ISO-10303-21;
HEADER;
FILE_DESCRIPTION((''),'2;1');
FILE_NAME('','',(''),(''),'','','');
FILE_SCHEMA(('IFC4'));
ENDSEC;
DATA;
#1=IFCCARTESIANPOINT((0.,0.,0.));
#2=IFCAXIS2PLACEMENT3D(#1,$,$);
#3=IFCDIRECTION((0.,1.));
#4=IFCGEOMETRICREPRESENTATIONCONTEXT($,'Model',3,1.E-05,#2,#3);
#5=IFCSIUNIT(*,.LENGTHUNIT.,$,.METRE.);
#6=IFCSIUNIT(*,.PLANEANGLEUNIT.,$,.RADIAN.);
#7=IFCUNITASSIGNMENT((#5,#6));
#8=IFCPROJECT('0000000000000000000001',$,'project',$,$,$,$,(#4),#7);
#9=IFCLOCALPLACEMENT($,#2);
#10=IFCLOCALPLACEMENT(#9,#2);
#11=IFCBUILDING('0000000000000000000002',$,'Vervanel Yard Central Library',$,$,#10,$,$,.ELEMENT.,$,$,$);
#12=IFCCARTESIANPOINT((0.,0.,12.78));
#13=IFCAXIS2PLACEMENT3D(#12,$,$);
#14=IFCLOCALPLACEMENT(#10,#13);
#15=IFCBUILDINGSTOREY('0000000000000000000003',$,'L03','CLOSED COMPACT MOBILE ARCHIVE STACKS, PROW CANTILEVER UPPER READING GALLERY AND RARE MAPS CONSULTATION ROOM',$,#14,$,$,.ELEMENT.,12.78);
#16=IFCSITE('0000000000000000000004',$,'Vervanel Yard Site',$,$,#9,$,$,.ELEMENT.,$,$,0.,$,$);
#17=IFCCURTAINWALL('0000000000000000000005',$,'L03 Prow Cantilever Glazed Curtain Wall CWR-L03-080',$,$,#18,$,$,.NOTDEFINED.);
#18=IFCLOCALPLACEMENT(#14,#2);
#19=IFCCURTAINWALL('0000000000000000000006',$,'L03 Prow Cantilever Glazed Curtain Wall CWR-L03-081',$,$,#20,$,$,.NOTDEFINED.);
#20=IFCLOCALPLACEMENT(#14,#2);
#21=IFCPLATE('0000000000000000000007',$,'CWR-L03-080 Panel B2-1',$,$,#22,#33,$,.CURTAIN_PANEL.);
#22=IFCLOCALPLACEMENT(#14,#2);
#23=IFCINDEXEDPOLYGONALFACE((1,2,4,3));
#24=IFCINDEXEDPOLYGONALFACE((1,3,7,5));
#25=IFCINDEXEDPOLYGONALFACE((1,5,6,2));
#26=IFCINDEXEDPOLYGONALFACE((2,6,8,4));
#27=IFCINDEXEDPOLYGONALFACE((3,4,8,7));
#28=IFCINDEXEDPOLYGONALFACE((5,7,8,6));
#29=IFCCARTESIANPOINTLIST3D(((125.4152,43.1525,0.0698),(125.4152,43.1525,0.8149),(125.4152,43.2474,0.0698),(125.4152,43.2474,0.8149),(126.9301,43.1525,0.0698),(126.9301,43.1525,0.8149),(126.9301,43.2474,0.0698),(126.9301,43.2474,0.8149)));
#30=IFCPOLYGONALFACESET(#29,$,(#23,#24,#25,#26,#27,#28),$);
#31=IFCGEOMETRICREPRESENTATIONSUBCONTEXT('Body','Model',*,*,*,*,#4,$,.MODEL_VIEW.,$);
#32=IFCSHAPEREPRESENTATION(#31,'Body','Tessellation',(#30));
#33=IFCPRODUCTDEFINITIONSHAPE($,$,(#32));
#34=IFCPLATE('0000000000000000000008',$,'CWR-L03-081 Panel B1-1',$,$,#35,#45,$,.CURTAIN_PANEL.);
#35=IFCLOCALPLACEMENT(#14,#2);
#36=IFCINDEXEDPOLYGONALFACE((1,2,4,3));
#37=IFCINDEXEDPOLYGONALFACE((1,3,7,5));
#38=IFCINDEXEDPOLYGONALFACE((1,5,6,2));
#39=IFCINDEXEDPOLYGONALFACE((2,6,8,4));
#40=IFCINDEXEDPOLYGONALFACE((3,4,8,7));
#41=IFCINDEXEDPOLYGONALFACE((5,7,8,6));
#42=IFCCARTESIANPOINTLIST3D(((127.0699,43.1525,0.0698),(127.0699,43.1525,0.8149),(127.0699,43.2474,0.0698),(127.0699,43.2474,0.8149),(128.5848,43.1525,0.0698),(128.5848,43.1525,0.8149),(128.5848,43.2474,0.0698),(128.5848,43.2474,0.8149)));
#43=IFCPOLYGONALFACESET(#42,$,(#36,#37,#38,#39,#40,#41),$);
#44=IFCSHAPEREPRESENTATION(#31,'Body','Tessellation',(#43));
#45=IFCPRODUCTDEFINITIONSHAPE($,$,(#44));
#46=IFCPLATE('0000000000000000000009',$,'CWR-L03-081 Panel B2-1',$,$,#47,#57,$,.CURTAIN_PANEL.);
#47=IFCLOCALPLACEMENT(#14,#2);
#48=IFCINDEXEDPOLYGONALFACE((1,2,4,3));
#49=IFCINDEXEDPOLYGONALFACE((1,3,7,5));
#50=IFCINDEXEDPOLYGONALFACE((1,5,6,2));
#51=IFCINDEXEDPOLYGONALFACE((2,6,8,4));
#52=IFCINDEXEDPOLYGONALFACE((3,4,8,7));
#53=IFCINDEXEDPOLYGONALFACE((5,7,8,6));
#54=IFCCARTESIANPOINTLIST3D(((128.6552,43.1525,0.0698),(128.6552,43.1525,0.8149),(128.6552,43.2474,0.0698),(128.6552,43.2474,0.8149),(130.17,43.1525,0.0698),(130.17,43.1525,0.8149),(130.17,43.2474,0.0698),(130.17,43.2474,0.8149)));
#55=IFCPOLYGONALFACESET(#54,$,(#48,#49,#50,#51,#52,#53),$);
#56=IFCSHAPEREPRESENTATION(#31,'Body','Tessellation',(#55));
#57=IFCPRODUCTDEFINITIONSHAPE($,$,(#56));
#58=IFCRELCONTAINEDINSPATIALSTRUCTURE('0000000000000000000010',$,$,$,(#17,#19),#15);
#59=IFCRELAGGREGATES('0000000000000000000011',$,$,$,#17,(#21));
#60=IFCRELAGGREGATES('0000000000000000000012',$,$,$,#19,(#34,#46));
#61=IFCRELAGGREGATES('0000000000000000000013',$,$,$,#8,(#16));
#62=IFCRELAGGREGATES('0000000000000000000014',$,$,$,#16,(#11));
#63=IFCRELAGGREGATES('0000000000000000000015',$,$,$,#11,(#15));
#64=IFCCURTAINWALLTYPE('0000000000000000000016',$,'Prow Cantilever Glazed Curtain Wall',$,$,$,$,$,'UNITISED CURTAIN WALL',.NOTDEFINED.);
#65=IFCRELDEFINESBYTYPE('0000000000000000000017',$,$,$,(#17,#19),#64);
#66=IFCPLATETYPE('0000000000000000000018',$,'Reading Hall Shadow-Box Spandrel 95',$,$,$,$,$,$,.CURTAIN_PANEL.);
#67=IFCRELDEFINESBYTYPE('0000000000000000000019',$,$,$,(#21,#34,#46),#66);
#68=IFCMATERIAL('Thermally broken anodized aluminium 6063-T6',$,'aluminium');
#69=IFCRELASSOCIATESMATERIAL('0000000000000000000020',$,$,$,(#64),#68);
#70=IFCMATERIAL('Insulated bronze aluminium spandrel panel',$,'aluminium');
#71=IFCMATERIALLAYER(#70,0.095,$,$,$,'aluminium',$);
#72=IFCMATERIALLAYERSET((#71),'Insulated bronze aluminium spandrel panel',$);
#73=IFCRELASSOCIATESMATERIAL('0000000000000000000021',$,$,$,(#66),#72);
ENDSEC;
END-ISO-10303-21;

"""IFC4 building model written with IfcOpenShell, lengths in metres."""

from ifc_helpers import new_model, si_unit, direction, frame, origin, origin_2d, place, context, subcontext, project, spatial, rectangle, extrude, material, layer, layer_set, type_object, element, aggregate, save


model = new_model("IFC4")

# Units and contexts
model_context = context("Model", 3, precision=1e-05, world=origin(), true_north=direction((0.0, 1.0)))
body_context = subcontext(model_context, "Body", "Model", "MODEL_VIEW")
ifc_project = project(units=[si_unit("LENGTHUNIT", "METRE"), si_unit("PLANEANGLEUNIT", "RADIAN")], contexts=[model_context])

# Site, building, storey
site_placement = place(None, origin())
site = spatial("IfcSite", under=ifc_project, at=site_placement, Name="Vervanel Yard Site", CompositionType="ELEMENT", RefElevation=0.0)
building_placement = place(site_placement, origin())
building = spatial("IfcBuilding", under=site, at=building_placement, Name="Vervanel Yard Central Library", CompositionType="ELEMENT")
storey_placement = place(building_placement, frame((0.0, 0.0, 12.78)))
storey = spatial("IfcBuildingStorey", under=building, at=storey_placement, Name="L03", Description="CLOSED COMPACT MOBILE ARCHIVE STACKS, PROW CANTILEVER UPPER READING GALLERY AND RARE MAPS CONSULTATION ROOM", CompositionType="ELEMENT", Elevation=12.78)

# Curtain walls
ifc_material_1 = material(Name="Thermally broken anodized aluminium 6063-T6", Category="aluminium")
curtain_wall_type = type_object("IfcCurtainWallType", Name="Prow Cantilever Glazed Curtain Wall", ElementType="UNITISED CURTAIN WALL", PredefinedType="NOTDEFINED", material=ifc_material_1)
curtain_wall_1_placement = place(storey_placement, origin())
curtain_wall_1 = element("IfcCurtainWall", 1, at=curtain_wall_1_placement, inside=storey, type_object=curtain_wall_type, Name="L03 Prow Cantilever Glazed Curtain Wall CWR-L03-080", PredefinedType="NOTDEFINED")
curtain_wall_2_placement = place(storey_placement, origin())
curtain_wall_2 = element("IfcCurtainWall", 2, at=curtain_wall_2_placement, inside=storey, type_object=curtain_wall_type, Name="L03 Prow Cantilever Glazed Curtain Wall CWR-L03-081", PredefinedType="NOTDEFINED")

# Plates
ifc_material_2 = material(Name="Insulated bronze aluminium spandrel panel", Category="aluminium")
ifc_layer_1 = layer(ifc_material_2, 0.095, Category="aluminium")
ifc_layer_set_1 = layer_set([ifc_layer_1], Name="Insulated bronze aluminium spandrel panel")
plate_type_1 = type_object("IfcPlateType", Name="Reading Hall Shadow-Box Spandrel 95", PredefinedType="CURTAIN_PANEL", material=ifc_layer_set_1)
plate_1_placement = place(storey_placement, frame((126.1726, 43.2, 0.0698), z_axis=(0.0, 0.0, 1.0), x_axis=(1.0, 0.0, 0.0)))
plate_1 = element("IfcPlate", 3, at=plate_1_placement, type_object=plate_type_1, Name="CWR-L03-080 Panel B2-1", PredefinedType="CURTAIN_PANEL", context=body_context, shape_type="SweptSolid", body=[
    extrude(rectangle(XDim=1.5149, YDim=0.095, at=origin_2d()), origin(), (0.0, 0.0, 1.0), 0.7451),
])
aggregate(curtain_wall_1, [plate_1])
plate_2_placement = place(storey_placement, frame((127.8274, 43.2, 0.0698), z_axis=(0.0, 0.0, 1.0), x_axis=(1.0, 0.0, 0.0)))
plate_2 = element("IfcPlate", 4, at=plate_2_placement, type_object=plate_type_1, Name="CWR-L03-081 Panel B1-1", PredefinedType="CURTAIN_PANEL", context=body_context, shape_type="SweptSolid", body=[
    extrude(rectangle(XDim=1.5149, YDim=0.095, at=origin_2d()), origin(), (0.0, 0.0, 1.0), 0.7451),
])
plate_3_placement = place(storey_placement, frame((129.4126, 43.2, 0.0698), z_axis=(0.0, 0.0, 1.0), x_axis=(1.0, 0.0, 0.0)))
plate_3 = element("IfcPlate", 5, at=plate_3_placement, type_object=plate_type_1, Name="CWR-L03-081 Panel B2-1", PredefinedType="CURTAIN_PANEL", context=body_context, shape_type="SweptSolid", body=[
    extrude(rectangle(XDim=1.5149, YDim=0.095, at=origin_2d()), origin(), (0.0, 0.0, 1.0), 0.7451),
])
aggregate(curtain_wall_2, [plate_2, plate_3])

save(model, "model.ifc")
